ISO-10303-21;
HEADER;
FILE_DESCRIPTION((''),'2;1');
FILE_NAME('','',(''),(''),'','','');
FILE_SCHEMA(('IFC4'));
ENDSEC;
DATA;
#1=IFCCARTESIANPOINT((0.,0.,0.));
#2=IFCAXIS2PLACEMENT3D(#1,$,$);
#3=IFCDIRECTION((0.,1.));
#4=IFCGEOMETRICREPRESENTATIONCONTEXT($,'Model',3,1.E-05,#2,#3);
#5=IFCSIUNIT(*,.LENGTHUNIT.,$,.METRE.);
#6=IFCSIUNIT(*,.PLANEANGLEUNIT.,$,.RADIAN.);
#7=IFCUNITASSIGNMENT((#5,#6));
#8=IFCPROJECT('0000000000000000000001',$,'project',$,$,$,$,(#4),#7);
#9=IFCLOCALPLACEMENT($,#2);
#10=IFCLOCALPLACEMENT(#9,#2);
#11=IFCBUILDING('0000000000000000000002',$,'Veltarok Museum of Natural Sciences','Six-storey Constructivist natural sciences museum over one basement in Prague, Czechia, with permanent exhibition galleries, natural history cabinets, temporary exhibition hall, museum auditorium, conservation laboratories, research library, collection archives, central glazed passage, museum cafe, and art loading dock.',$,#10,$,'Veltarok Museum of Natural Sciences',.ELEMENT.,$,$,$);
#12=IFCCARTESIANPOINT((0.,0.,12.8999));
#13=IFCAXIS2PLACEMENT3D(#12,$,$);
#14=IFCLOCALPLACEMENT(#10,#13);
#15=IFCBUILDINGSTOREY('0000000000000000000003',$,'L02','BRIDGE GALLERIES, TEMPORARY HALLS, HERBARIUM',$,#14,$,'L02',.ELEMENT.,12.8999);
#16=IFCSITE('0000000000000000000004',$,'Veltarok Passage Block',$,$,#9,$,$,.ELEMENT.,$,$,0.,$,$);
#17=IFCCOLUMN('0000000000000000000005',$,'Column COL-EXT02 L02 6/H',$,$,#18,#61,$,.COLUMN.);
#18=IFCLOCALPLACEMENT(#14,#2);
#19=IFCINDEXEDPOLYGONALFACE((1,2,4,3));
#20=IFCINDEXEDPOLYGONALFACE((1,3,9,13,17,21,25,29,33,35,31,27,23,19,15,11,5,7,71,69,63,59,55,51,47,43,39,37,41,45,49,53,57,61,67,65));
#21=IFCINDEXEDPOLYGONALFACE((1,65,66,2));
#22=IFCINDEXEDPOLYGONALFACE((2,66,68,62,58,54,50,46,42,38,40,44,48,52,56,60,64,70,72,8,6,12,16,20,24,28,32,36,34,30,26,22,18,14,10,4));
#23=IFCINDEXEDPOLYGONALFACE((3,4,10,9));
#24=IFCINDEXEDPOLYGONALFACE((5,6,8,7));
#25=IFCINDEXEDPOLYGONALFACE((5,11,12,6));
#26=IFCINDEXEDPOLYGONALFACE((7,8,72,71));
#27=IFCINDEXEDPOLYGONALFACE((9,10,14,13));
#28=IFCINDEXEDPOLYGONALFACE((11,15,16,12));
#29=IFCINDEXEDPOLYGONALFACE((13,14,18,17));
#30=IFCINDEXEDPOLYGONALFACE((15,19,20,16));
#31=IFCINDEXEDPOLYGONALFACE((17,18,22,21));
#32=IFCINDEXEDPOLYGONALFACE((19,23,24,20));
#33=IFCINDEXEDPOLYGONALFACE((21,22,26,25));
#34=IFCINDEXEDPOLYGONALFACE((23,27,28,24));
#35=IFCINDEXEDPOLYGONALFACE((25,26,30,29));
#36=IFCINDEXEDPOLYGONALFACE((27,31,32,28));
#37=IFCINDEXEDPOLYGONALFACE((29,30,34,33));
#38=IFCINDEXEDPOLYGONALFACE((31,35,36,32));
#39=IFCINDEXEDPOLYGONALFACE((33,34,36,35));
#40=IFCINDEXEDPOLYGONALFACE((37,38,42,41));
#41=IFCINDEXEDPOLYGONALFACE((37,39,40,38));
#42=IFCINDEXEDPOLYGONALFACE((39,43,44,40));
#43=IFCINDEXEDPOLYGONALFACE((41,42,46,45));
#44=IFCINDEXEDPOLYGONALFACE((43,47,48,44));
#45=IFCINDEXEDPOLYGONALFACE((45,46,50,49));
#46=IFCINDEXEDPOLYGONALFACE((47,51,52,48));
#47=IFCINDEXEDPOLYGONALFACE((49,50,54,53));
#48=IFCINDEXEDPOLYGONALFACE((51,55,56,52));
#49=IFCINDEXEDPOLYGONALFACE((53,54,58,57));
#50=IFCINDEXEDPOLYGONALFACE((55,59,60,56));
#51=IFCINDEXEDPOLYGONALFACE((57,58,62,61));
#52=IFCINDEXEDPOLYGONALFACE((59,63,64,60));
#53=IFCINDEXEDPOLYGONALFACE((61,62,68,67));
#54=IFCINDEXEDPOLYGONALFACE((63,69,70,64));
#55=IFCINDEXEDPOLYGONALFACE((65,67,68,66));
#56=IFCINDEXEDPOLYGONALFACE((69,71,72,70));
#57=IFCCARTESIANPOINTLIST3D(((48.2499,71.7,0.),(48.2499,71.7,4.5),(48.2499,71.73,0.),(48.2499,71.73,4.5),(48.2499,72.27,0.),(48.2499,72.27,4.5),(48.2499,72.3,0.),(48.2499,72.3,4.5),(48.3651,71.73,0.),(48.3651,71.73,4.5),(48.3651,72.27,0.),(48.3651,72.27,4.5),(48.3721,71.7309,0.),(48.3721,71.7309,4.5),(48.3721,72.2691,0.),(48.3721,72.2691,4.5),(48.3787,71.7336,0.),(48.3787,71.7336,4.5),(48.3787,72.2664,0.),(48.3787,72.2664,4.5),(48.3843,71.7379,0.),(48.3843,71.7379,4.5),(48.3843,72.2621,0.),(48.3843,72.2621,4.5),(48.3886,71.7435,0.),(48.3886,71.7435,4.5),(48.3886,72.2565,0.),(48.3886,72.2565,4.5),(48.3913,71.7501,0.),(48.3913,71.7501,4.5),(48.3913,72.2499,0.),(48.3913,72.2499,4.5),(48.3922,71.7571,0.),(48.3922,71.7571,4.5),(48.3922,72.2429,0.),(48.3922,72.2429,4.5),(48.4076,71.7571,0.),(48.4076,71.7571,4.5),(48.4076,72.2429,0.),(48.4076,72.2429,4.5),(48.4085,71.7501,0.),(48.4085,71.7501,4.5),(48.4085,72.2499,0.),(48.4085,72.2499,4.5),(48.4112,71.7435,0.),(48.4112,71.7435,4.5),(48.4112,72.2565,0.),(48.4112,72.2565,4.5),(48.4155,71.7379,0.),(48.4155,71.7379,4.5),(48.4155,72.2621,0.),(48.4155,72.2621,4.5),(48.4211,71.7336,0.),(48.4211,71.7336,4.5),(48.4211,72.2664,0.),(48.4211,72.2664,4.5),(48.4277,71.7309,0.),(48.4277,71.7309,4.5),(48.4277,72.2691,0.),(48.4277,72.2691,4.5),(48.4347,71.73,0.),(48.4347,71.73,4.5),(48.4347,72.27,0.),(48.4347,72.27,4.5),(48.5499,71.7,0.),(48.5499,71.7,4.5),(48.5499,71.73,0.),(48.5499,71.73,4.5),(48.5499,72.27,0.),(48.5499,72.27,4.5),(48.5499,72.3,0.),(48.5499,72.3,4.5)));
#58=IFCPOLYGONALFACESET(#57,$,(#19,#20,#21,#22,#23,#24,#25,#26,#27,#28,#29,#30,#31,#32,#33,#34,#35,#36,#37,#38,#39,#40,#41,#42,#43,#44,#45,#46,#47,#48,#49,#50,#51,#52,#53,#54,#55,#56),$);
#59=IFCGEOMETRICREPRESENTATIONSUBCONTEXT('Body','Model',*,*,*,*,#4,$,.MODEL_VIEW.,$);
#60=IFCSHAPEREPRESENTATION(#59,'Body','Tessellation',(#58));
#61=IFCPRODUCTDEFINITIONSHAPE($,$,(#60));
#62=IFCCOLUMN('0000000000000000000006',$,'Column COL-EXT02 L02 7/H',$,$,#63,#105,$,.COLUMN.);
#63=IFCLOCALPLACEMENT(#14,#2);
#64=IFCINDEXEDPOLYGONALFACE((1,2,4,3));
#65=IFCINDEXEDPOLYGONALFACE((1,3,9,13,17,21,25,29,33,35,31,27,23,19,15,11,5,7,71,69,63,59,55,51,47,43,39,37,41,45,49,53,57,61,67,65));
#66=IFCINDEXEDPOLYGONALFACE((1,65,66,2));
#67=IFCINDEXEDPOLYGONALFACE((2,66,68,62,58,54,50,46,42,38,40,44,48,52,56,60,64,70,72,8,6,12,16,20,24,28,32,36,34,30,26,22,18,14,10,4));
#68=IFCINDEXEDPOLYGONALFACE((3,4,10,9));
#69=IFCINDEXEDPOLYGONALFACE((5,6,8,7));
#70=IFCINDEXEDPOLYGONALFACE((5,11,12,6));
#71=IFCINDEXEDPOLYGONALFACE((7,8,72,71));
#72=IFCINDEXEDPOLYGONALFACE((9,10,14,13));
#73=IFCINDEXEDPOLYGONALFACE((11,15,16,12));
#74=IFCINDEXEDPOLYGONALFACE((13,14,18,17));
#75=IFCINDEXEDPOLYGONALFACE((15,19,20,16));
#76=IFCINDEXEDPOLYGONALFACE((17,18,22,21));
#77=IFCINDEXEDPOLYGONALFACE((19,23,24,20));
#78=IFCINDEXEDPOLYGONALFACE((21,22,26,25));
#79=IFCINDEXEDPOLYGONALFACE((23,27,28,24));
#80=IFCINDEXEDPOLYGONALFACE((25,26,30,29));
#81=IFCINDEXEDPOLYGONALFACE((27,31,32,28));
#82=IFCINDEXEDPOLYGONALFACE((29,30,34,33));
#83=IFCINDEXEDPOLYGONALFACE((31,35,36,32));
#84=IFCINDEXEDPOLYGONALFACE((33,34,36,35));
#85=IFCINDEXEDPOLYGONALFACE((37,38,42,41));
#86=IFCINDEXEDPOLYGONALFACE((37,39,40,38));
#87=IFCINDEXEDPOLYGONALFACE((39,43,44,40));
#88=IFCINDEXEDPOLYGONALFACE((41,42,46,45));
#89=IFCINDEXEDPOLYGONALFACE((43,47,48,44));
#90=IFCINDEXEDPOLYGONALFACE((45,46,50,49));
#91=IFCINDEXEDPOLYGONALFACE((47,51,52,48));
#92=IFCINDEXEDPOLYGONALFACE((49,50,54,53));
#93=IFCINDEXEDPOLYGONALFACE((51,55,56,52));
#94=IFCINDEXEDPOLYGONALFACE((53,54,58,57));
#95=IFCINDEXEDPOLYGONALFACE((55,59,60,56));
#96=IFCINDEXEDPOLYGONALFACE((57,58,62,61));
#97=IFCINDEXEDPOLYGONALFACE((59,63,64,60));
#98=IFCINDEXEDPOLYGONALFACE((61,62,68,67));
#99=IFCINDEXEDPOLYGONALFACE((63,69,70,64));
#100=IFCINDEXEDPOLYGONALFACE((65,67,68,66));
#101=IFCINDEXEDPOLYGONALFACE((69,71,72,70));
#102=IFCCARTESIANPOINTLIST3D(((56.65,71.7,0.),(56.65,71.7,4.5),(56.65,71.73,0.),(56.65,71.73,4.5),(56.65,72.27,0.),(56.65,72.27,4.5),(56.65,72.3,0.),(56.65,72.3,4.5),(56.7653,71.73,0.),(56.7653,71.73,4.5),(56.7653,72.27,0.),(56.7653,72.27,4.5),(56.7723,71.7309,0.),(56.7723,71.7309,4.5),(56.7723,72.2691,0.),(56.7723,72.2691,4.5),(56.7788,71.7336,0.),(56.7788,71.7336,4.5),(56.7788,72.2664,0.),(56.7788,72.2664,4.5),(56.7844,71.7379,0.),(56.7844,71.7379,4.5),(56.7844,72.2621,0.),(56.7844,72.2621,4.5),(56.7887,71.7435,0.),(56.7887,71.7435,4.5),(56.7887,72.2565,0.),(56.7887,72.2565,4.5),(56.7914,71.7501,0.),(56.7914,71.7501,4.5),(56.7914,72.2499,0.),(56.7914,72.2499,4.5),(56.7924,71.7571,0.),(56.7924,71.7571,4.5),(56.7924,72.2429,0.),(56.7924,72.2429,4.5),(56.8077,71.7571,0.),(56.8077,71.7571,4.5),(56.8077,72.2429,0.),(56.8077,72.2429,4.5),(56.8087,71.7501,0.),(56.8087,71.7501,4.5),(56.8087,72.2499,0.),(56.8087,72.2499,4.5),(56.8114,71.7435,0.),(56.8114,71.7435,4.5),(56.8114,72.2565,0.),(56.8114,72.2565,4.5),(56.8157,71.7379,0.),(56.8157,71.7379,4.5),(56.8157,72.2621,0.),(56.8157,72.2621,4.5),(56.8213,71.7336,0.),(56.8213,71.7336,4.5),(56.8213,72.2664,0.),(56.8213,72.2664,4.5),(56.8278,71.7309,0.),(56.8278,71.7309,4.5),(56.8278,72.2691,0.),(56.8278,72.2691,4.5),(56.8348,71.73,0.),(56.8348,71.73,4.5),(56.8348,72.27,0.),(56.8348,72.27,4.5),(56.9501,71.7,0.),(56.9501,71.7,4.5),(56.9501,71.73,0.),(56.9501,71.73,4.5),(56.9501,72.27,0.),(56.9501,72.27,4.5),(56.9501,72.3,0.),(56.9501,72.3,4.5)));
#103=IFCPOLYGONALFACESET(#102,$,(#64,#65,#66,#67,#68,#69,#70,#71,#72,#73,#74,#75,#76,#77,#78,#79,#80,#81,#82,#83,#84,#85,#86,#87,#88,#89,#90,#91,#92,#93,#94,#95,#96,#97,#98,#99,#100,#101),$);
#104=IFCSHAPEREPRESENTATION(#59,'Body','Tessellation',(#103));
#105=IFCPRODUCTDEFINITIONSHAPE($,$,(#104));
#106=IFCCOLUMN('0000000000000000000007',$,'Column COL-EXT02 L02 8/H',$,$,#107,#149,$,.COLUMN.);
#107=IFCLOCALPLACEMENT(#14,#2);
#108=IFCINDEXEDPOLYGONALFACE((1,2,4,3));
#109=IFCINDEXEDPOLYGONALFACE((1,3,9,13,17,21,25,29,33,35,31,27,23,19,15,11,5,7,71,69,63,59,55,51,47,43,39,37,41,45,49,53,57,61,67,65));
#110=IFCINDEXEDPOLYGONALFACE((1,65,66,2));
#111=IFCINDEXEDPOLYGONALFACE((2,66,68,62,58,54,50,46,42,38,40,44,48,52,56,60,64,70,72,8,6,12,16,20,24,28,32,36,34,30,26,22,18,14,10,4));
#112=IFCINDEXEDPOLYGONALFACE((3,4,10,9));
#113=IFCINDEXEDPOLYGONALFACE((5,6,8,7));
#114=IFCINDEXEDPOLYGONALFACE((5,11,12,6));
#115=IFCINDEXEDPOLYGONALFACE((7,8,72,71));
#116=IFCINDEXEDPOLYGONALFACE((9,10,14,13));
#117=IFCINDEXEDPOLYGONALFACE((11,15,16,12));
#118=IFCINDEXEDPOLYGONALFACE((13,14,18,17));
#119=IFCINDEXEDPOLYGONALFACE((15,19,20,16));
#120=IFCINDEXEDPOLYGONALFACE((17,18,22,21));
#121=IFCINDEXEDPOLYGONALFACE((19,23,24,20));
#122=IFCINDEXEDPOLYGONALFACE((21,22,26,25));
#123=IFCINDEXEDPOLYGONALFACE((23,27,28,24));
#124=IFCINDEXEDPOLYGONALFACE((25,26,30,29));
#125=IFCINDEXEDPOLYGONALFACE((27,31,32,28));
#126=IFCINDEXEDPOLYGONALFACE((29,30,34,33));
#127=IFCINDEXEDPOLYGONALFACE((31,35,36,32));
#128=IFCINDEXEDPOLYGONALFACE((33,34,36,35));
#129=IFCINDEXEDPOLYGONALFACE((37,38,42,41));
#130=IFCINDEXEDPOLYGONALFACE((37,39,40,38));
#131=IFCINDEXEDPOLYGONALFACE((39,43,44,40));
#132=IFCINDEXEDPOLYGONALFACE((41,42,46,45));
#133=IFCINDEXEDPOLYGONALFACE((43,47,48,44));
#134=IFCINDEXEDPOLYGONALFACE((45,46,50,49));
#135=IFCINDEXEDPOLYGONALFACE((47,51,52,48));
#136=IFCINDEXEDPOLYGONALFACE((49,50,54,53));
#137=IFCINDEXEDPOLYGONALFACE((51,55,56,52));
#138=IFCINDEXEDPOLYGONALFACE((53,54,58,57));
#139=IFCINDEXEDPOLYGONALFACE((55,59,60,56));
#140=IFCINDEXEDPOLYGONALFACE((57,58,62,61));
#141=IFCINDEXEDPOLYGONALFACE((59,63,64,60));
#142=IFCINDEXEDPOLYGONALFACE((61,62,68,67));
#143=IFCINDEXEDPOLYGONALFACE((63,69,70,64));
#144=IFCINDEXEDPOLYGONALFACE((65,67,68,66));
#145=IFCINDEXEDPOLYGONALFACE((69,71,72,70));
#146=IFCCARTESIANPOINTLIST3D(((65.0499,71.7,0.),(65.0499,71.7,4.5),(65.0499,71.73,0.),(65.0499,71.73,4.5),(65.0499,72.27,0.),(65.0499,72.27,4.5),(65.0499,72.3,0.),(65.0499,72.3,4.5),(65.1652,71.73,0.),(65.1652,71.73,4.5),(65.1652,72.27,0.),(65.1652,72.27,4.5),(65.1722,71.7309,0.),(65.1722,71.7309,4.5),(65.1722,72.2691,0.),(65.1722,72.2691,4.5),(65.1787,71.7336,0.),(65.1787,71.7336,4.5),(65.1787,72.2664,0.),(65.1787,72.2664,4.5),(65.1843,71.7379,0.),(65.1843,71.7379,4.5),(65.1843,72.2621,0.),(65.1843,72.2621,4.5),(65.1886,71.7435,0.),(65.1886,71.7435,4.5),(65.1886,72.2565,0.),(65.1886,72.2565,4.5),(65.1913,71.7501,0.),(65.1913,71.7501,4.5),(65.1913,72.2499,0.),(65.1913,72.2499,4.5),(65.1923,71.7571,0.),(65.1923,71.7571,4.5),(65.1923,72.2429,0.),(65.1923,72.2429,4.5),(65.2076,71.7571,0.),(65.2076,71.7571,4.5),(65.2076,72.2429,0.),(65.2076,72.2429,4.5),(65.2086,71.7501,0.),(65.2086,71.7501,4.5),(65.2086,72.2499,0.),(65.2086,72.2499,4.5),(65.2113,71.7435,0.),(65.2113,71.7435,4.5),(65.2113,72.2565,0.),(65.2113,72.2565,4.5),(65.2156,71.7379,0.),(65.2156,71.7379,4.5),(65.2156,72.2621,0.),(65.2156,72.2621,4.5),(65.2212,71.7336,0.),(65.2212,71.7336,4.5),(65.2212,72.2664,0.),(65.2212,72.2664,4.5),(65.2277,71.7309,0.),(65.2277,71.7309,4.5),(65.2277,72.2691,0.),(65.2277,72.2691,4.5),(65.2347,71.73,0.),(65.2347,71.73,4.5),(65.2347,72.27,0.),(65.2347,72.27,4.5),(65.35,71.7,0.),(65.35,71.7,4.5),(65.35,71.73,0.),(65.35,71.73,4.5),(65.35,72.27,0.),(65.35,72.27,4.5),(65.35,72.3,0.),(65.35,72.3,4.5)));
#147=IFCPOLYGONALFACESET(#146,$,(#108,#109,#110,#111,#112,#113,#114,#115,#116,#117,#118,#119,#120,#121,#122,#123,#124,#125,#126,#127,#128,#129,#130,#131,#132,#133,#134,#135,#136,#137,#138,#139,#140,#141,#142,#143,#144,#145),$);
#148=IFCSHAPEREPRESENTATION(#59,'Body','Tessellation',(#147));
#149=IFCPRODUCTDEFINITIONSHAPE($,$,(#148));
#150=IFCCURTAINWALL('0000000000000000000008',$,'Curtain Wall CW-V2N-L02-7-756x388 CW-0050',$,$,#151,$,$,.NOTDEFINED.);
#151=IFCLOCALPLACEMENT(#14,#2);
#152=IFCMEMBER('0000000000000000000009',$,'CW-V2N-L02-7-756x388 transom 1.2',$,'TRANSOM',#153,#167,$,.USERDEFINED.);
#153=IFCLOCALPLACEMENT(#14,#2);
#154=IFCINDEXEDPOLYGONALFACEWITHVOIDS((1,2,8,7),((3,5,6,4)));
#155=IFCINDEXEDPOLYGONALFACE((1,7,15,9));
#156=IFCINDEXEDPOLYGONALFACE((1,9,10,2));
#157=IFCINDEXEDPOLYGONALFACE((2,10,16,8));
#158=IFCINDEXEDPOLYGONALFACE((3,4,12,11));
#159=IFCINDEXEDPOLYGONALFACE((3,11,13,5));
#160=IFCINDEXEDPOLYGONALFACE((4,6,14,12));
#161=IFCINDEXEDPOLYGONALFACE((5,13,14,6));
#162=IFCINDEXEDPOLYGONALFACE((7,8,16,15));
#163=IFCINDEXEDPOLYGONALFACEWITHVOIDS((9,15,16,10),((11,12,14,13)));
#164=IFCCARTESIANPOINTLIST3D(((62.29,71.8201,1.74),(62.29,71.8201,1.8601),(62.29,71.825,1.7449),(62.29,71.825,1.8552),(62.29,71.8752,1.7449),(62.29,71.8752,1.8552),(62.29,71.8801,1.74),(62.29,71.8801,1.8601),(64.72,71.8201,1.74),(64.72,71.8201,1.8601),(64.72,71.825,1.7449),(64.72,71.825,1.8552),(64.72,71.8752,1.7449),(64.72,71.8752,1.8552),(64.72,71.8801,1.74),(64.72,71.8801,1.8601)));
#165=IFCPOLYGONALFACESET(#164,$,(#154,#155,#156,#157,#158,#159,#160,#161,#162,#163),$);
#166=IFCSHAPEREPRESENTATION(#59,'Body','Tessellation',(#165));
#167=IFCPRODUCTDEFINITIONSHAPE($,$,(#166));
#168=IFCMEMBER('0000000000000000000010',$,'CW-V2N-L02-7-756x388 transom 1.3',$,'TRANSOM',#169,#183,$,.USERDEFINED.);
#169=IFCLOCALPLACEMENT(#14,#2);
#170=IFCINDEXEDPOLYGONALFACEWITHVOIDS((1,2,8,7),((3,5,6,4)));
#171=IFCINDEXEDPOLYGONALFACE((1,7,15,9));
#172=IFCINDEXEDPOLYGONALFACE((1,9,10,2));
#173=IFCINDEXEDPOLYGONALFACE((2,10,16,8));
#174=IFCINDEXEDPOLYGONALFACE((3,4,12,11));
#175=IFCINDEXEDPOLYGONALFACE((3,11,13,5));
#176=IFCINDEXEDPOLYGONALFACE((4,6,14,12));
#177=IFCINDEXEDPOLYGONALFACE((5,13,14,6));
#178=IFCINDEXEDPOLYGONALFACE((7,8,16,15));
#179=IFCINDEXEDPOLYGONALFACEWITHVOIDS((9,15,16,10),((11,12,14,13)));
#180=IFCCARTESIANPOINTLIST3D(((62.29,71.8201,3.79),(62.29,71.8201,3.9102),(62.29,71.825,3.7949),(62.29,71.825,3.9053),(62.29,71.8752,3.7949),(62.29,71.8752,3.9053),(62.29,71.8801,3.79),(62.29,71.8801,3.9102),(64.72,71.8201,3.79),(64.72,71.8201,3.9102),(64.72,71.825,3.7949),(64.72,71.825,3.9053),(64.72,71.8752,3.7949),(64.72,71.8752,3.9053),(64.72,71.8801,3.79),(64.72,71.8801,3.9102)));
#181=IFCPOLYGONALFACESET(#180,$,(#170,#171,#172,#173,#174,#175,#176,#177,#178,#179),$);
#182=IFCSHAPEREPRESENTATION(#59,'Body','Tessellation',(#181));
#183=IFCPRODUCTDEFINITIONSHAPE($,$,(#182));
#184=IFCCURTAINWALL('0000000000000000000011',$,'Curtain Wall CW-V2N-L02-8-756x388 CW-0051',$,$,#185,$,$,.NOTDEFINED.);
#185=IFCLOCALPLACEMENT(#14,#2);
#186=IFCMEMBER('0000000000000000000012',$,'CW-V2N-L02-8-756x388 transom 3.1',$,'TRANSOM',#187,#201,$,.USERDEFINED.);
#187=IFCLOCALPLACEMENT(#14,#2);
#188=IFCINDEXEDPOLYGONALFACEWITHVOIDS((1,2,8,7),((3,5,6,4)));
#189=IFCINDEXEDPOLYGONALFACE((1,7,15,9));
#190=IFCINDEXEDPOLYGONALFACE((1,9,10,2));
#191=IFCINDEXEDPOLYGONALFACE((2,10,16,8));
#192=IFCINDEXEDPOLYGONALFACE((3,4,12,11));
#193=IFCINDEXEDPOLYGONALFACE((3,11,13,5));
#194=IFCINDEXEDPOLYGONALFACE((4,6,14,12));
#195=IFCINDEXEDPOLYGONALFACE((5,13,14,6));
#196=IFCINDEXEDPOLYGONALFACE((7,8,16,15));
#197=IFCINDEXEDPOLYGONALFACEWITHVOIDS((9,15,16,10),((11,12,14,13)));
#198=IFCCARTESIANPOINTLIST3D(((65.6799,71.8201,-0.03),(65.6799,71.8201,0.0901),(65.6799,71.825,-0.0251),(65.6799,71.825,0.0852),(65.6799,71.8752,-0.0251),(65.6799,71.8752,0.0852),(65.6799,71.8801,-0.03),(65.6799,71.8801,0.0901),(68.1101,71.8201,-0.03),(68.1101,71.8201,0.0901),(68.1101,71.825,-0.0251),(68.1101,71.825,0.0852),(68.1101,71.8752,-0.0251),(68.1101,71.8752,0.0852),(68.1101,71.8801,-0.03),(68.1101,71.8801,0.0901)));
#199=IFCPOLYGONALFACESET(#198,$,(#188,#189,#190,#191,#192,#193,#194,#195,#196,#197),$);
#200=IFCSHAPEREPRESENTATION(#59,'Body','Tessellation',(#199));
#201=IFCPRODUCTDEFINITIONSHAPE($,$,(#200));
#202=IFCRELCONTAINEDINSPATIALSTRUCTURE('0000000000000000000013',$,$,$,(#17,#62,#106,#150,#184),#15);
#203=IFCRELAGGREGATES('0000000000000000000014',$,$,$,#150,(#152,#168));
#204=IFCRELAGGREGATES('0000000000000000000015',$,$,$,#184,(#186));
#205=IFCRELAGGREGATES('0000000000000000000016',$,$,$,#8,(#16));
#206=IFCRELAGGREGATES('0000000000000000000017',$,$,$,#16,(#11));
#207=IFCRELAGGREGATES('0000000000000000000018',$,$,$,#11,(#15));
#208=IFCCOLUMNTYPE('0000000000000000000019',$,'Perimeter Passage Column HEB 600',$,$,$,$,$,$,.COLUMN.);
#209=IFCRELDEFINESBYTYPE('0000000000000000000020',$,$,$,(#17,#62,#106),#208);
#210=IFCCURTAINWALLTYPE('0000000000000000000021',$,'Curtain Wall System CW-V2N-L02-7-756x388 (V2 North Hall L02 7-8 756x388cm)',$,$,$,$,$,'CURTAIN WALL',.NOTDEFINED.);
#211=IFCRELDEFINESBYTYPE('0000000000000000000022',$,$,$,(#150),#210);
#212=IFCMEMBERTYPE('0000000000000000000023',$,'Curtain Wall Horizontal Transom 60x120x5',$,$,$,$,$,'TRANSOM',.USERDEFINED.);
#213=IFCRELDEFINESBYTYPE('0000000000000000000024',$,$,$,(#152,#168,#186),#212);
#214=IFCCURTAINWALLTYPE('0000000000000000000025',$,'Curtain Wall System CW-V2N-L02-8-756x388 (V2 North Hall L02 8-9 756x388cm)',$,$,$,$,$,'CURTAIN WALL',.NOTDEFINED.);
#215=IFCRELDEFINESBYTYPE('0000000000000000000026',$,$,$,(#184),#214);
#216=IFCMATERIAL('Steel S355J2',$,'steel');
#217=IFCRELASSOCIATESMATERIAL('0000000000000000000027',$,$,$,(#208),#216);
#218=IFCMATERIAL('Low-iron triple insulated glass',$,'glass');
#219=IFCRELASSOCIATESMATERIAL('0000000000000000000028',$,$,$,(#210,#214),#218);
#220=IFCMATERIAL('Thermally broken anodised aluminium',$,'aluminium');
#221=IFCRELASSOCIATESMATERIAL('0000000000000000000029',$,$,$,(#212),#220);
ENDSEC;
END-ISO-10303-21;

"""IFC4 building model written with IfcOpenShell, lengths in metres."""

from ifc_helpers import new_model, si_unit, direction, frame, origin, origin_2d, place, context, subcontext, project, spatial, hollow_rectangle, i_section, extrude, material, material_profile, profile_set, type_object, element, aggregate, save


model = new_model("IFC4")

# Units and contexts
model_context = context("Model", 3, precision=1e-05, world=origin(), true_north=direction((0.0, 1.0)))
body_context = subcontext(model_context, "Body", "Model", "MODEL_VIEW")
ifc_project = project(units=[si_unit("LENGTHUNIT", "METRE"), si_unit("PLANEANGLEUNIT", "RADIAN")], contexts=[model_context])

# Site, building, storey
site_placement = place(None, origin())
site = spatial("IfcSite", under=ifc_project, at=site_placement, Name="Veltarok Passage Block", CompositionType="ELEMENT", RefElevation=0.0)
building_placement = place(site_placement, origin())
building = spatial("IfcBuilding", under=site, at=building_placement, Name="Veltarok Museum of Natural Sciences", Description="Six-storey Constructivist natural sciences museum over one basement in Prague, Czechia, with permanent exhibition galleries, natural history cabinets, temporary exhibition hall, museum auditorium, conservation laboratories, research library, collection archives, central glazed passage, museum cafe, and art loading dock.", LongName="Veltarok Museum of Natural Sciences", CompositionType="ELEMENT")
storey_placement = place(building_placement, frame((0.0, 0.0, 12.8999)))
storey = spatial("IfcBuildingStorey", under=building, at=storey_placement, Name="L02", Description="BRIDGE GALLERIES, TEMPORARY HALLS, HERBARIUM", LongName="L02", CompositionType="ELEMENT", Elevation=12.8999)

# Columns
ifc_material_1 = material(Name="Steel S355J2", Category="steel")
ifc_material_profile_1 = material_profile(ifc_material_1, i_section(OverallWidth=0.3, OverallDepth=0.6001, WebThickness=0.0154, FlangeThickness=0.03, FilletRadius=0.0271, at=origin_2d()), Name="HEB 600")
ifc_profile_set_1 = profile_set([ifc_material_profile_1], Name="Steel S355J2")
column_type = type_object("IfcColumnType", Name="Perimeter Passage Column HEB 600", PredefinedType="COLUMN", material=ifc_profile_set_1)
for number, where, z_axis, x_axis, name in (
    (1, (48.3999, 72.0, 0.0), (0.0, 0.0, 1.0), (1.0, 0.0, 0.0), "Column COL-EXT02 L02 6/H"),
    (2, (56.8, 72.0, 0.0), (0.0, 0.0, 1.0), (1.0, 0.0, 0.0), "Column COL-EXT02 L02 7/H"),
    (3, (65.2, 72.0, 0.0), (0.0, 0.0, 1.0), (1.0, 0.0, 0.0), "Column COL-EXT02 L02 8/H"),
):
    element("IfcColumn", number, at=place(storey_placement, frame(where, z_axis=z_axis, x_axis=x_axis)), inside=storey, type_object=column_type, Name=name, PredefinedType="COLUMN", context=body_context, shape_type="SweptSolid", body=[
        extrude(i_section(OverallWidth=0.3, OverallDepth=0.6001, WebThickness=0.0154, FlangeThickness=0.03, FilletRadius=0.0271, at=origin_2d()), origin(), (0.0, 0.0, 1.0), 4.5),
    ])

# Curtain walls, members
ifc_material_2 = material(Name="Low-iron triple insulated glass", Category="glass")
curtain_wall_type_1 = type_object("IfcCurtainWallType", Name="Curtain Wall System CW-V2N-L02-7-756x388 (V2 North Hall L02 7-8 756x388cm)", ElementType="CURTAIN WALL", PredefinedType="NOTDEFINED", material=ifc_material_2)
curtain_wall_1_placement = place(storey_placement, origin())
curtain_wall_1 = element("IfcCurtainWall", 4, at=curtain_wall_1_placement, inside=storey, type_object=curtain_wall_type_1, Name="Curtain Wall CW-V2N-L02-7-756x388 CW-0050", PredefinedType="NOTDEFINED")
ifc_material_3 = material(Name="Thermally broken anodised aluminium", Category="aluminium")
ifc_material_profile_2 = material_profile(ifc_material_3, hollow_rectangle(XDim=0.0601, YDim=0.1201, WallThickness=0.0049, at=origin_2d()), Name="CW TRANSOM 60x120x5")
ifc_profile_set_2 = profile_set([ifc_material_profile_2], Name="Thermally broken anodised aluminium")
member_type_1 = type_object("IfcMemberType", Name="Curtain Wall Horizontal Transom 60x120x5", ElementType="TRANSOM", PredefinedType="USERDEFINED", material=ifc_profile_set_2)
member_1_placement = place(storey_placement, frame((64.72, 71.8501, 1.8), z_axis=(-1.0, 0.0, 0.0), x_axis=(0.0, -1.0, 0.0)))
member_1 = element("IfcMember", 5, at=member_1_placement, type_object=member_type_1, Name="CW-V2N-L02-7-756x388 transom 1.2", ObjectType="TRANSOM", PredefinedType="USERDEFINED", context=body_context, shape_type="SweptSolid", body=[
    extrude(hollow_rectangle(XDim=0.0601, YDim=0.1201, WallThickness=0.0049, at=origin_2d()), origin(), (0.0, 0.0, 1.0), 2.4299),
])
member_2_placement = place(storey_placement, frame((64.72, 71.8501, 3.8501), z_axis=(-1.0, 0.0, 0.0), x_axis=(0.0, -1.0, 0.0)))
member_2 = element("IfcMember", 6, at=member_2_placement, type_object=member_type_1, Name="CW-V2N-L02-7-756x388 transom 1.3", ObjectType="TRANSOM", PredefinedType="USERDEFINED", context=body_context, shape_type="SweptSolid", body=[
    extrude(hollow_rectangle(XDim=0.0601, YDim=0.1201, WallThickness=0.0049, at=origin_2d()), origin(), (0.0, 0.0, 1.0), 2.4299),
])
curtain_wall_type_2 = type_object("IfcCurtainWallType", Name="Curtain Wall System CW-V2N-L02-8-756x388 (V2 North Hall L02 8-9 756x388cm)", ElementType="CURTAIN WALL", PredefinedType="NOTDEFINED", material=ifc_material_2)
curtain_wall_2_placement = place(storey_placement, origin())
curtain_wall_2 = element("IfcCurtainWall", 7, at=curtain_wall_2_placement, inside=storey, type_object=curtain_wall_type_2, Name="Curtain Wall CW-V2N-L02-8-756x388 CW-0051", PredefinedType="NOTDEFINED")
member_3_placement = place(storey_placement, frame((68.1101, 71.8501, 0.03), z_axis=(-1.0, 0.0, 0.0), x_axis=(0.0, -1.0, 0.0)))
member_3 = element("IfcMember", 8, at=member_3_placement, type_object=member_type_1, Name="CW-V2N-L02-8-756x388 transom 3.1", ObjectType="TRANSOM", PredefinedType="USERDEFINED", context=body_context, shape_type="SweptSolid", body=[
    extrude(hollow_rectangle(XDim=0.0601, YDim=0.1201, WallThickness=0.0049, at=origin_2d()), origin(), (0.0, 0.0, 1.0), 2.4302),
])

aggregate(curtain_wall_1, [member_1, member_2])

aggregate(curtain_wall_2, [member_3])

save(model, "model.ifc")
